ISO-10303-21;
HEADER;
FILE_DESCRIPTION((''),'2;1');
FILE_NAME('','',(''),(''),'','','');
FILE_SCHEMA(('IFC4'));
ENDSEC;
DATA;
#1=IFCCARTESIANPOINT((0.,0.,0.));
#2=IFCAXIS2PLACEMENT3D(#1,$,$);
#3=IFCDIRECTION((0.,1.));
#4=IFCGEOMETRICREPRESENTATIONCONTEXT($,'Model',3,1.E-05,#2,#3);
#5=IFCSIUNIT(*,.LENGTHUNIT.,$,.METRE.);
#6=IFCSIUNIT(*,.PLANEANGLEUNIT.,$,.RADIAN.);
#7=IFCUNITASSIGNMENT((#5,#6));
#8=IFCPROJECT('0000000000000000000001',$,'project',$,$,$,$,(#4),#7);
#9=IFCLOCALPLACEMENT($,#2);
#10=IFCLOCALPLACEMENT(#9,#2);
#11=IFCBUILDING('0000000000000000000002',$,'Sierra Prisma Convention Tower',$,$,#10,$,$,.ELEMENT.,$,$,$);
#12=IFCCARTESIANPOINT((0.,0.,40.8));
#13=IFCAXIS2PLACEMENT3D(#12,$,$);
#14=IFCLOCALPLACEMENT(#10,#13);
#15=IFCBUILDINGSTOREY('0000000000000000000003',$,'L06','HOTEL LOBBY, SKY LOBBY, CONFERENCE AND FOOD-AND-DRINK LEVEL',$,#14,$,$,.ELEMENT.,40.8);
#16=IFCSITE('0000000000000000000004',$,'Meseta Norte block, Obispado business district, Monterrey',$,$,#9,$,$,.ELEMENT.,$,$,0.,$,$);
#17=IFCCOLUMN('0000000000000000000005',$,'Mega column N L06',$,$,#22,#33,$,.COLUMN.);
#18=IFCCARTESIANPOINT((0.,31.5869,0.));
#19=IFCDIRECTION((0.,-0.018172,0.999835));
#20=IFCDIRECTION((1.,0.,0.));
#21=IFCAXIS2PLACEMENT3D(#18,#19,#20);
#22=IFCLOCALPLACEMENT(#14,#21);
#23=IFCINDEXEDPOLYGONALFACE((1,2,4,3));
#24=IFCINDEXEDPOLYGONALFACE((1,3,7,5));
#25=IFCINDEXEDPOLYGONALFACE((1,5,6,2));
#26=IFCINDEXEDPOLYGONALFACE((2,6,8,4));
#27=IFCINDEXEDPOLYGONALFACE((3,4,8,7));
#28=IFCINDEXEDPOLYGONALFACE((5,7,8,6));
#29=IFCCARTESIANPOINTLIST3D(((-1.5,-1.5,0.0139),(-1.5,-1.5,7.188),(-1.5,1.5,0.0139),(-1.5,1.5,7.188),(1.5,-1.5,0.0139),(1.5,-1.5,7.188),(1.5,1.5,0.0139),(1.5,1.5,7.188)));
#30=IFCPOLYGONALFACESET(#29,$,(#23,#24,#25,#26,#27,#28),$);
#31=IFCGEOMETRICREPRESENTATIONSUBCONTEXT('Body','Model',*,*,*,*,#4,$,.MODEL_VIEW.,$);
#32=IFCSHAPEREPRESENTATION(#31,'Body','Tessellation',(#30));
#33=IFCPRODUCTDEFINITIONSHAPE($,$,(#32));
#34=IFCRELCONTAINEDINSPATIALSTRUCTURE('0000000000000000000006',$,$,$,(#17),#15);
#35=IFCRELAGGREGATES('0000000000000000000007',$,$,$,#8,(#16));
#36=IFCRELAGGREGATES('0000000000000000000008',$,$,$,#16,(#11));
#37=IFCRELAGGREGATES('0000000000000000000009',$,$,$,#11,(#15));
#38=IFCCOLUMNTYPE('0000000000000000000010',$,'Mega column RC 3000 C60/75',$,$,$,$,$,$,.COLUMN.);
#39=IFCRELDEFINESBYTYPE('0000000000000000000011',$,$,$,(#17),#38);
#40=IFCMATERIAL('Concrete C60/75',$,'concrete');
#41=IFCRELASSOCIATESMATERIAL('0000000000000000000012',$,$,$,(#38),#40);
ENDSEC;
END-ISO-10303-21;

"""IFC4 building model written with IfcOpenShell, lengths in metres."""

from ifc_helpers import new_model, si_unit, direction, frame, origin, origin_2d, place, context, subcontext, project, spatial, rectangle, extrude, clip, halfspace, material, material_profile, profile_set, type_object, element, save


model = new_model("IFC4")

# Units and contexts
model_context = context("Model", 3, precision=1e-05, world=origin(), true_north=direction((0.0, 1.0)))
body_context = subcontext(model_context, "Body", "Model", "MODEL_VIEW")
ifc_project = project(units=[si_unit("LENGTHUNIT", "METRE"), si_unit("PLANEANGLEUNIT", "RADIAN")], contexts=[model_context])

# Site, building, storey
site_placement = place(None, origin())
site = spatial("IfcSite", under=ifc_project, at=site_placement, Name="Meseta Norte block, Obispado business district, Monterrey", CompositionType="ELEMENT", RefElevation=0.0)
building_placement = place(site_placement, origin())
building = spatial("IfcBuilding", under=site, at=building_placement, Name="Sierra Prisma Convention Tower", CompositionType="ELEMENT")
storey_placement = place(building_placement, frame((0.0, 0.0, 40.8)))
storey = spatial("IfcBuildingStorey", under=building, at=storey_placement, Name="L06", Description="HOTEL LOBBY, SKY LOBBY, CONFERENCE AND FOOD-AND-DRINK LEVEL", CompositionType="ELEMENT", Elevation=40.8)

# Column
ifc_material_1 = material(Name="Concrete C60/75", Category="concrete")
ifc_material_profile_1 = material_profile(ifc_material_1, rectangle(XDim=3.0, YDim=3.0, at=origin_2d()), Name="Mega column RC 3000 C60/75")
ifc_profile_set_1 = profile_set([ifc_material_profile_1], Name="Concrete C60/75")
column_type_1 = type_object("IfcColumnType", Name="Mega column RC 3000 C60/75", PredefinedType="COLUMN", material=ifc_profile_set_1)
column_1_placement = place(storey_placement, frame((0.0, 31.5869, 0.0), z_axis=(0.0, -0.018172, 0.999835), x_axis=(1.0, 0.0, 0.0)))
element("IfcColumn", 1, at=column_1_placement, inside=storey, type_object=column_type_1, Name="Mega column N L06", PredefinedType="COLUMN", context=body_context, shape_type="SweptSolid", body=[
    clip(clip(extrude(rectangle(XDim=3.0, YDim=3.0, at=origin_2d()), origin(), (0.0, 0.0, 1.0), 7.2012), halfspace(frame((0.0, 0.0, 0.0139)), True)), halfspace(frame((0.0, 0.0, 7.188)), False)),
])

save(model, "model.ifc")
